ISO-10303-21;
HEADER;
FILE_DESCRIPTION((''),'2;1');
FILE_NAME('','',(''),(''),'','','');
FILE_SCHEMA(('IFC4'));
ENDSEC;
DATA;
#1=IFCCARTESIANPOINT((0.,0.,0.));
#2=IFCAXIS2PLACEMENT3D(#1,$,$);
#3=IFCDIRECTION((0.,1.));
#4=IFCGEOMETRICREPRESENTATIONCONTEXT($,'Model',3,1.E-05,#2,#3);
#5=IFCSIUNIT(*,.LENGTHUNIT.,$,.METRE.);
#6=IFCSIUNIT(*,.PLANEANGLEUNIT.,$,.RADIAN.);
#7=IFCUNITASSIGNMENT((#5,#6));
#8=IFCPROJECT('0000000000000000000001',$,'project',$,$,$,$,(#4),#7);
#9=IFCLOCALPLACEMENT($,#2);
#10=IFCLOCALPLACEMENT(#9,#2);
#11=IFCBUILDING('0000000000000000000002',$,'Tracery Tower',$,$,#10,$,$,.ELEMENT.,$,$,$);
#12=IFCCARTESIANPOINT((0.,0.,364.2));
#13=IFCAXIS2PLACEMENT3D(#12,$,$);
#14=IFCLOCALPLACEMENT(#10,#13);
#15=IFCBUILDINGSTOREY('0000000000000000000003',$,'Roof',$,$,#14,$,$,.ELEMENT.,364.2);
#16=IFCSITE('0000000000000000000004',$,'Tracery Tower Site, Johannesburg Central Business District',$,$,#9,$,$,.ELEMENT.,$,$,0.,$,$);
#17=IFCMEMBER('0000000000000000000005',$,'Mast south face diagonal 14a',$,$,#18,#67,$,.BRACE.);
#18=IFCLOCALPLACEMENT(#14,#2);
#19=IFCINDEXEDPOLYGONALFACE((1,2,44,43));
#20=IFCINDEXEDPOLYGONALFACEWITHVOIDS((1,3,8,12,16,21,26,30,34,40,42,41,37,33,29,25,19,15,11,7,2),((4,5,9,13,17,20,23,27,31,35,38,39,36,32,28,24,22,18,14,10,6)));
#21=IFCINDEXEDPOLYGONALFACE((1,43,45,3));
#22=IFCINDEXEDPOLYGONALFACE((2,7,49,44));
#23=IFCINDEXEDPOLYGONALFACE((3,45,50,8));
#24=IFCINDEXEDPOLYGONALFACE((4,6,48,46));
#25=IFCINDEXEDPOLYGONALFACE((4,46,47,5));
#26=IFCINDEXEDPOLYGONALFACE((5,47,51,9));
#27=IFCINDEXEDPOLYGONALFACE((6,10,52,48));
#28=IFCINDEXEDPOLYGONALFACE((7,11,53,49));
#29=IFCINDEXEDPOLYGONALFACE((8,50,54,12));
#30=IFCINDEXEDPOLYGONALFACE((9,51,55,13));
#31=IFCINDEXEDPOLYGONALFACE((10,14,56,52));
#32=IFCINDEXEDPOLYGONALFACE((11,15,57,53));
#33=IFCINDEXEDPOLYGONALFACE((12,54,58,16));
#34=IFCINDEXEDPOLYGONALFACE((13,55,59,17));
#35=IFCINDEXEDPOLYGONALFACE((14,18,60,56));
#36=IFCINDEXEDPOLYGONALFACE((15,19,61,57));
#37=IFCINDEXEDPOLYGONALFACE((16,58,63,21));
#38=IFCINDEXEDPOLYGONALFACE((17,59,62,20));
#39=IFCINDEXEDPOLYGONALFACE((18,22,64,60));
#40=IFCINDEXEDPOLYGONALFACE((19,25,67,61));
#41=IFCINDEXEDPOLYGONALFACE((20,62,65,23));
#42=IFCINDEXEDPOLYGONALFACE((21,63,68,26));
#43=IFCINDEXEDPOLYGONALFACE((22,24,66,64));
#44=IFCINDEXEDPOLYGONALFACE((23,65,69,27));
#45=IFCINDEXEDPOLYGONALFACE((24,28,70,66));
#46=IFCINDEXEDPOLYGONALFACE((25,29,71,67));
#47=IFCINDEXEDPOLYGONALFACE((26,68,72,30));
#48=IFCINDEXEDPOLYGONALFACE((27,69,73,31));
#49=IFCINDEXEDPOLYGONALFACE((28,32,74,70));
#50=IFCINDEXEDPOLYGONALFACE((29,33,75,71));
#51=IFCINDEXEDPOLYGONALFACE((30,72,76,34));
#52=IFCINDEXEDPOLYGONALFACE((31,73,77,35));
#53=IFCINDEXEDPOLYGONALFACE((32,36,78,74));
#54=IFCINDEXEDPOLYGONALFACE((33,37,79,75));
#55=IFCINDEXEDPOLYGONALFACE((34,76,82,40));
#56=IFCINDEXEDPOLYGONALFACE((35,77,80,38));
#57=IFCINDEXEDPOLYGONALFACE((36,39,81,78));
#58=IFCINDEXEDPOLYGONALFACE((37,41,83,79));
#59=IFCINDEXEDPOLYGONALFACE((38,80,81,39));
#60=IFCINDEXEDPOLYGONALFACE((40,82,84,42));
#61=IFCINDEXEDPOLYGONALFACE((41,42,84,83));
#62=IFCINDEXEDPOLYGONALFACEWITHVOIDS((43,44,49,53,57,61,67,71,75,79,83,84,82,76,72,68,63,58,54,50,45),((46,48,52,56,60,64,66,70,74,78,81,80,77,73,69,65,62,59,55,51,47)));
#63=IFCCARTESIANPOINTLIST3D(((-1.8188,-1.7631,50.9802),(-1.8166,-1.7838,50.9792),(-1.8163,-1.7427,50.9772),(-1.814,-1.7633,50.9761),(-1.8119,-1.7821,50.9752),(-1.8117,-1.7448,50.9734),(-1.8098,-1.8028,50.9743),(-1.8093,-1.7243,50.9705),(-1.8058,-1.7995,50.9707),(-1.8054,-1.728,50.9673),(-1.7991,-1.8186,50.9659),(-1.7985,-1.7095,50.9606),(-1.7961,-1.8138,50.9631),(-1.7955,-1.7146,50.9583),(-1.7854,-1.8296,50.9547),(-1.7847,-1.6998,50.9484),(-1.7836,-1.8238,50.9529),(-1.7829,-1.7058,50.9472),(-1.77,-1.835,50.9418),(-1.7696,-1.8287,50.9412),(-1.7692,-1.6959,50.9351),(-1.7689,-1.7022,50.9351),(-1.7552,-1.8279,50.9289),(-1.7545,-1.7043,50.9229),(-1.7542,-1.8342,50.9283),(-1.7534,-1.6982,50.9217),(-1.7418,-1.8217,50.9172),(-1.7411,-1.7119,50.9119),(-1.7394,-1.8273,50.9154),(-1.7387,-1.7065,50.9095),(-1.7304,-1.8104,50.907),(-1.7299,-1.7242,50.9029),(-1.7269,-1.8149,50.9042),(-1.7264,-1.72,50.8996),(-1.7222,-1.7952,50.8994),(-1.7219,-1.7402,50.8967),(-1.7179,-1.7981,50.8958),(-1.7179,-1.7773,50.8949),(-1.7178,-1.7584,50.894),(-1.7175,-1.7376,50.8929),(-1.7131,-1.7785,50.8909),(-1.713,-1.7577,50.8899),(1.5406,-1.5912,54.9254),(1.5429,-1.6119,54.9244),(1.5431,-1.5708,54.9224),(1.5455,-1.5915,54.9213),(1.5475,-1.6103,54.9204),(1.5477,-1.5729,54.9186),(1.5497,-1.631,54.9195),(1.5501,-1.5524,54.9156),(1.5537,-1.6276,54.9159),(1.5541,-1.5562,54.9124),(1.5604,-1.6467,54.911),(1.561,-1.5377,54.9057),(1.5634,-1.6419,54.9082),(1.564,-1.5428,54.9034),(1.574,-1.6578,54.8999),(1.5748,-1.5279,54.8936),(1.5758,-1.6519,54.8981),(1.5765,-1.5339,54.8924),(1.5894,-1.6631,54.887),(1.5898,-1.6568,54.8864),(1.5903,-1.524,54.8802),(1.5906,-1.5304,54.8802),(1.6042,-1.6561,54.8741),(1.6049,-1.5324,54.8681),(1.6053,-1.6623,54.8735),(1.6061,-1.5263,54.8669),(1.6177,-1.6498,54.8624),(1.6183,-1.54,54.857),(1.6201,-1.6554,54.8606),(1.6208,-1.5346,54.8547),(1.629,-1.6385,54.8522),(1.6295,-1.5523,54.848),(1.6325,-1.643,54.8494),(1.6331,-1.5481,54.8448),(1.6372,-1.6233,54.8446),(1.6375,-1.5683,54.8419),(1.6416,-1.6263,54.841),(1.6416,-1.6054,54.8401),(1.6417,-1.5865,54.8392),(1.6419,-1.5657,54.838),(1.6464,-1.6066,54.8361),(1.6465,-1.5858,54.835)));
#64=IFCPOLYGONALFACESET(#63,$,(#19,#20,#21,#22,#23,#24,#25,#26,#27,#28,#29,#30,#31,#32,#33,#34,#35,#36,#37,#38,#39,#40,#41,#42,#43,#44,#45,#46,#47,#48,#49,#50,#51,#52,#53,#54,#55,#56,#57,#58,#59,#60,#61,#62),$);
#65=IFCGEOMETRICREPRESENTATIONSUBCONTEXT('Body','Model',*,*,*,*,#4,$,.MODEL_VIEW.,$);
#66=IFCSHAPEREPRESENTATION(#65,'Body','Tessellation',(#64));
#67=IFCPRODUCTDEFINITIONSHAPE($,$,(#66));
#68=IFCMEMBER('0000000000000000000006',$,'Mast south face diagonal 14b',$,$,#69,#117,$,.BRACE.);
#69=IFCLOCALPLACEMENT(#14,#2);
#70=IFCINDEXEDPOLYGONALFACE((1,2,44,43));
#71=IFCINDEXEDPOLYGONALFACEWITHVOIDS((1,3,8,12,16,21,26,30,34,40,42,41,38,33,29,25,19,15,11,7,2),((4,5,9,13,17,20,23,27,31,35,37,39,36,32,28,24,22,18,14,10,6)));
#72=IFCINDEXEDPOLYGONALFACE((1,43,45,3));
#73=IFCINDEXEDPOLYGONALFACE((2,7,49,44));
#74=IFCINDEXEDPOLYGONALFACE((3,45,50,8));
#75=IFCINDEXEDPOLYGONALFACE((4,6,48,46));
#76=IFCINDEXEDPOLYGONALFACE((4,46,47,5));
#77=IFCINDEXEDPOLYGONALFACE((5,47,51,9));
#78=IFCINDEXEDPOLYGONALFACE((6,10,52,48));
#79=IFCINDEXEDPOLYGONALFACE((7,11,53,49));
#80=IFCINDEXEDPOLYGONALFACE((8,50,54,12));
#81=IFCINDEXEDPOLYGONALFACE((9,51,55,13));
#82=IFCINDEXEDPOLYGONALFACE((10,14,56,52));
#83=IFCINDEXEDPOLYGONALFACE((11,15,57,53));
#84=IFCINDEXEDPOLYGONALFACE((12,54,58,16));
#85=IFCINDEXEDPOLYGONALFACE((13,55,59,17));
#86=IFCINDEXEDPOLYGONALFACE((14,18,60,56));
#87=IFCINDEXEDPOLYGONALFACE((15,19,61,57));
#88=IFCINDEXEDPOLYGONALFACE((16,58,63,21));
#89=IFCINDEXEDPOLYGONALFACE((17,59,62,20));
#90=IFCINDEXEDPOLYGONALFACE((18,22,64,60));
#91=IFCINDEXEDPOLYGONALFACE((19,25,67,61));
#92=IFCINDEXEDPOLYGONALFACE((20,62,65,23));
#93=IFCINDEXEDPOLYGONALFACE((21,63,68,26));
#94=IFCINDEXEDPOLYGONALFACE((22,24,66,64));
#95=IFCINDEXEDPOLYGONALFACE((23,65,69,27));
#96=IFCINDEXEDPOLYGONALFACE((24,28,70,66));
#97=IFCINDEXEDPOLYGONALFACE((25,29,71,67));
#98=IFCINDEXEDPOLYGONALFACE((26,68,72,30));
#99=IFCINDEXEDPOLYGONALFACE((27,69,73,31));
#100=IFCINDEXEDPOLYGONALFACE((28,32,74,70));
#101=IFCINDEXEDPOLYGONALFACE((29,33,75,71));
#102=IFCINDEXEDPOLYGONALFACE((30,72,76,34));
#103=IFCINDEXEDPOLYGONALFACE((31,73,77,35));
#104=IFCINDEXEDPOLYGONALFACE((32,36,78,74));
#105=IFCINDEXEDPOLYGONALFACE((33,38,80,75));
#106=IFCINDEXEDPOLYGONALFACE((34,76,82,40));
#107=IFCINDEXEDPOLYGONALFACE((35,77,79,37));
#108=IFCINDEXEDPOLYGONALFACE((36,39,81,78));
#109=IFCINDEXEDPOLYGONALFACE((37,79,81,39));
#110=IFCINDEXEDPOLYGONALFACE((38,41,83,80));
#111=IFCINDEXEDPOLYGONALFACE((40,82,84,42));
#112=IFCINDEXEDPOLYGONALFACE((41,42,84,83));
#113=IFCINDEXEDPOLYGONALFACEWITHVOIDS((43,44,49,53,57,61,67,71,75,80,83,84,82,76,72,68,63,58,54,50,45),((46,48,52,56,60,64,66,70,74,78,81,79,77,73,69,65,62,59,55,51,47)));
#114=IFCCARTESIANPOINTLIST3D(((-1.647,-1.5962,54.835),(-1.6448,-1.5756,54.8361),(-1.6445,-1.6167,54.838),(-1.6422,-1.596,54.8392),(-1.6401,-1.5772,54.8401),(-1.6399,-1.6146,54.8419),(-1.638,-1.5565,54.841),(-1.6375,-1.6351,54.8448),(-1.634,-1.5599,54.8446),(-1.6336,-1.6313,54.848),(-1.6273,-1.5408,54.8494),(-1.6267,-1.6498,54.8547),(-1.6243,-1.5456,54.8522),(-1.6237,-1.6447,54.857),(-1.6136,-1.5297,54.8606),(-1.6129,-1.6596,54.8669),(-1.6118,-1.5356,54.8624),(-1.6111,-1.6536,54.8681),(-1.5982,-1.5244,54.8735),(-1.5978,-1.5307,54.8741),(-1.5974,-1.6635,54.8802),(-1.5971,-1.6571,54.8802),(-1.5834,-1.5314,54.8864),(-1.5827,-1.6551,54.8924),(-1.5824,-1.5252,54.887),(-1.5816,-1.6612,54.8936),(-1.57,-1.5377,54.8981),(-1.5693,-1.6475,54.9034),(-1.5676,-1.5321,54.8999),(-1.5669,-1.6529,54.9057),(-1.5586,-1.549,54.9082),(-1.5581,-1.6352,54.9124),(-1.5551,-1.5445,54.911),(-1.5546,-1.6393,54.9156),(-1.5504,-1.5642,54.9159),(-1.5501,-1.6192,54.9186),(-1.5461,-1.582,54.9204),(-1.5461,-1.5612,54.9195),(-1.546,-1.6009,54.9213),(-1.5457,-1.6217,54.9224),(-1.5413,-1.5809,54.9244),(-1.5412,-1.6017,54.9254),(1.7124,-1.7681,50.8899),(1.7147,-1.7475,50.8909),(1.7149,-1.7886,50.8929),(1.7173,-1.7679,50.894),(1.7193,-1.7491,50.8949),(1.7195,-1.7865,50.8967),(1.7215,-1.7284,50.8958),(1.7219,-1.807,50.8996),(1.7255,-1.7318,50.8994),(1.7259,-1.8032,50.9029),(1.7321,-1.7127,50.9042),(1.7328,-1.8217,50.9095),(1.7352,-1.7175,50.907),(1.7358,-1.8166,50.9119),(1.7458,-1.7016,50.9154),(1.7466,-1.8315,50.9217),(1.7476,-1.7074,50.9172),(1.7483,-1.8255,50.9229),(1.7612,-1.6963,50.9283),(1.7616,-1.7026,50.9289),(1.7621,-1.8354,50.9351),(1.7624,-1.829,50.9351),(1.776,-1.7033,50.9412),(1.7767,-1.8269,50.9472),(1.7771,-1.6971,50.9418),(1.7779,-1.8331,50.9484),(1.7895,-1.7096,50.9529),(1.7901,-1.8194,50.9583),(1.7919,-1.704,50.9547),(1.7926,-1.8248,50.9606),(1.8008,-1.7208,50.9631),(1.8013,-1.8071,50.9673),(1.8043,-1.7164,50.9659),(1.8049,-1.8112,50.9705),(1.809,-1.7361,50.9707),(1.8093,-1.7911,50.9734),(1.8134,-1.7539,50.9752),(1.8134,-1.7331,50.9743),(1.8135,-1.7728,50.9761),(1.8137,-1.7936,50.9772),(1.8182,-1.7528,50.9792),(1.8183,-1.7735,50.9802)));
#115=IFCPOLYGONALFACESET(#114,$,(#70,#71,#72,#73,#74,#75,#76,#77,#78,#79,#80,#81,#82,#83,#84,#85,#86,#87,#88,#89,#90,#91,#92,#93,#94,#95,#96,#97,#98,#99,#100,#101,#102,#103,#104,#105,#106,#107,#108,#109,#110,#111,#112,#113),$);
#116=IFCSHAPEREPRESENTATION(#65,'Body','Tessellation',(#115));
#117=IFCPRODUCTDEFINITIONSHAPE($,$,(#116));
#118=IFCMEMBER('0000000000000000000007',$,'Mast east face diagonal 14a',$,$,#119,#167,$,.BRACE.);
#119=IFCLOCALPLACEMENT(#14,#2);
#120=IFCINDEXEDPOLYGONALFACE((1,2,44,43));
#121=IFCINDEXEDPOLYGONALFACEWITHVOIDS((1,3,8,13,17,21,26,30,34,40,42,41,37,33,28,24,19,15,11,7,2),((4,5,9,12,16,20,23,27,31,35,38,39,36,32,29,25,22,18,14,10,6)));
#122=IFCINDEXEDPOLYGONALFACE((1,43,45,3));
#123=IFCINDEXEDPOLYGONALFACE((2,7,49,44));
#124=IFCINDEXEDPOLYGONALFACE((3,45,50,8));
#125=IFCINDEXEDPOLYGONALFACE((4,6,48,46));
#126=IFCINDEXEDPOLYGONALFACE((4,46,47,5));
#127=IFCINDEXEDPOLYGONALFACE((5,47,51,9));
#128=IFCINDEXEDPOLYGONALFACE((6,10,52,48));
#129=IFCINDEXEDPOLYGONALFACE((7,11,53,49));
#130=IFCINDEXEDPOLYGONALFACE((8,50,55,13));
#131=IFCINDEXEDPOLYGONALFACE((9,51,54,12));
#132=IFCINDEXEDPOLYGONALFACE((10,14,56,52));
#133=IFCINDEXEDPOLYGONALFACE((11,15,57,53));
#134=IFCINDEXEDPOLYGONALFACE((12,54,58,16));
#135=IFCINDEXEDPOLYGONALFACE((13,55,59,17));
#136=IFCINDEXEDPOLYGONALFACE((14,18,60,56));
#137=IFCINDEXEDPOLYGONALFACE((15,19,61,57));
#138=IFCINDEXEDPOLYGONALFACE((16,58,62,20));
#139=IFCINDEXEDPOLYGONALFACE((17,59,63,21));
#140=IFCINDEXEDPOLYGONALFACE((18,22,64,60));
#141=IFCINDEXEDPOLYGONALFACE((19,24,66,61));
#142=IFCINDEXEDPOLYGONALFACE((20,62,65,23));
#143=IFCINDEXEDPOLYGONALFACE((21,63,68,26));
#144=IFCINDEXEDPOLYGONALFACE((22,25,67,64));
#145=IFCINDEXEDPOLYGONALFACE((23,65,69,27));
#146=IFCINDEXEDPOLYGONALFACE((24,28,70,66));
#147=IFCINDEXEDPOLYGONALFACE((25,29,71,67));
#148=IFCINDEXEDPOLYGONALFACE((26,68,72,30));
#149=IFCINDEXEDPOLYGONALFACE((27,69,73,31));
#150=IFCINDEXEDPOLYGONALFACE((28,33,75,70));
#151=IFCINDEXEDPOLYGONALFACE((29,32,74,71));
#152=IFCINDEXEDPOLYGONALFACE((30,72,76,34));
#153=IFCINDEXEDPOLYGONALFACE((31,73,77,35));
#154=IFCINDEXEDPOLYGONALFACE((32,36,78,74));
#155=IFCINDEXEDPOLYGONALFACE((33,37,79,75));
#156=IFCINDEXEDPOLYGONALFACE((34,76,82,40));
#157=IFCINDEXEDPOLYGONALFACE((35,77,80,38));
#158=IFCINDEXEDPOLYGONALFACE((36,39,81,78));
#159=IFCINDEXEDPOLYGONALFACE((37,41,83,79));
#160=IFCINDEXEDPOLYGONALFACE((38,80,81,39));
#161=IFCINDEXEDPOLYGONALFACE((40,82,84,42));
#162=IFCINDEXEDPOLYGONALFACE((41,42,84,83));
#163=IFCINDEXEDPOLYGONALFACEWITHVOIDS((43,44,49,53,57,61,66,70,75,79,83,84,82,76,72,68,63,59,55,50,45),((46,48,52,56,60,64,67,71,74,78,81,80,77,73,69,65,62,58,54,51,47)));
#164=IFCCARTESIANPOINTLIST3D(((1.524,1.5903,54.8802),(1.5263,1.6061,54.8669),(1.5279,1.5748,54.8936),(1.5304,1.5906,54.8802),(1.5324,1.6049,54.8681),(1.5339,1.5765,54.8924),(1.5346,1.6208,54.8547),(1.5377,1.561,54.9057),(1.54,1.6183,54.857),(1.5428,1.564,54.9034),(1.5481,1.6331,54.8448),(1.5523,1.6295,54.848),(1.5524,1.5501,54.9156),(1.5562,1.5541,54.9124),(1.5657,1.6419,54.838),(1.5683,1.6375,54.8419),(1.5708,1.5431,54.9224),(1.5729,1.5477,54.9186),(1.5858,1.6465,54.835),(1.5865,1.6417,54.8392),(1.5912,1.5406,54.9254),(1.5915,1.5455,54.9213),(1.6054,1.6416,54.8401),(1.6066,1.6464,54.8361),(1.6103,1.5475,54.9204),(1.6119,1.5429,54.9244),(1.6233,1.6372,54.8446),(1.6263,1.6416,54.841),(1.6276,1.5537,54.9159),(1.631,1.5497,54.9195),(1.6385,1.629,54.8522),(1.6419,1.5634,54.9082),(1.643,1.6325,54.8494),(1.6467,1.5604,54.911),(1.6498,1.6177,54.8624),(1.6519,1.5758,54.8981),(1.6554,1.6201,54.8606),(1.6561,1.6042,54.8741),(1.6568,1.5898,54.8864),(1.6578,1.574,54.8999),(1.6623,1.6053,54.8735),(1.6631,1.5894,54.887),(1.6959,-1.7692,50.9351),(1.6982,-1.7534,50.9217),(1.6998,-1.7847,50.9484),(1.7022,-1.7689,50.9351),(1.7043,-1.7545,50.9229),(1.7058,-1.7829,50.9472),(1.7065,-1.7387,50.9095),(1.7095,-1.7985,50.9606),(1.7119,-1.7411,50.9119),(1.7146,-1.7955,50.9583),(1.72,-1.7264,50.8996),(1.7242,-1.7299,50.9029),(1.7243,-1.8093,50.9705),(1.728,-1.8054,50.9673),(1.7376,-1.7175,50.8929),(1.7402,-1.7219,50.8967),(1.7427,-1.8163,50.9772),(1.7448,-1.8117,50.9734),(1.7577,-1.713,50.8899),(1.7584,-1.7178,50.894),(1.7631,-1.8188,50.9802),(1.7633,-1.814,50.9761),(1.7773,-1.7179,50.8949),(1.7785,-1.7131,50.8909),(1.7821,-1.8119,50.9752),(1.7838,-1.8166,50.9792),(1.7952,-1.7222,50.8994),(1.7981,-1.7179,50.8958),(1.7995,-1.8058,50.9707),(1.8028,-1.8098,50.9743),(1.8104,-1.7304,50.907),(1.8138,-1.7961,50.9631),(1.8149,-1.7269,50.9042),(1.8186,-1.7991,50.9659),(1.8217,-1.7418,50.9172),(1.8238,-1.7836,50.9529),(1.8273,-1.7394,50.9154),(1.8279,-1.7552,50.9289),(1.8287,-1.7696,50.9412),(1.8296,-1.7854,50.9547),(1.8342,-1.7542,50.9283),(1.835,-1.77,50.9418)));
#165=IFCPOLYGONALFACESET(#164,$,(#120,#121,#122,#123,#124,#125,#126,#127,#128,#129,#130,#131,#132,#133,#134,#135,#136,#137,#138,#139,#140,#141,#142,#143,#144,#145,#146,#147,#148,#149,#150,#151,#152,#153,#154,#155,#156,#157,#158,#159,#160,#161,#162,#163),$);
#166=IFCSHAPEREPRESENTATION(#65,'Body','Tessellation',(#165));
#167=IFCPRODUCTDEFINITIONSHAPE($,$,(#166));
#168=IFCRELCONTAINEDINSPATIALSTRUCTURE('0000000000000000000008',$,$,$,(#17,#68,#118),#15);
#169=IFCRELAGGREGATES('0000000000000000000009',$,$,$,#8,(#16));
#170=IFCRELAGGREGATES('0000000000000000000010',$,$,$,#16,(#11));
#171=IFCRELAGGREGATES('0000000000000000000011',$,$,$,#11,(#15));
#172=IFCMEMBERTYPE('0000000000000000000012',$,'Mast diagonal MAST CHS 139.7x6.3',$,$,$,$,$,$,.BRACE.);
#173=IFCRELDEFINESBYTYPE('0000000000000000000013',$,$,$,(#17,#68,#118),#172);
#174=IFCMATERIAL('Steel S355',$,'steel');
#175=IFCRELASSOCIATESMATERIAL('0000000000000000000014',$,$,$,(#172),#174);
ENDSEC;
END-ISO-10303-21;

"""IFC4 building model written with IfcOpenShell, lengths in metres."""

from ifc_helpers import new_model, si_unit, direction, frame, origin, origin_2d, place, context, subcontext, project, spatial, hollow_circle, extrude, material, material_profile, profile_set, type_object, element, save


model = new_model("IFC4")

# Units and contexts
model_context = context("Model", 3, precision=1e-05, world=origin(), true_north=direction((0.0, 1.0)))
body_context = subcontext(model_context, "Body", "Model", "MODEL_VIEW")
ifc_project = project(units=[si_unit("LENGTHUNIT", "METRE"), si_unit("PLANEANGLEUNIT", "RADIAN")], contexts=[model_context])

# Site, building, storey
site_placement = place(None, origin())
site = spatial("IfcSite", under=ifc_project, at=site_placement, Name="Tracery Tower Site, Johannesburg Central Business District", CompositionType="ELEMENT", RefElevation=0.0)
building_placement = place(site_placement, origin())
building = spatial("IfcBuilding", under=site, at=building_placement, Name="Tracery Tower", CompositionType="ELEMENT")
storey_placement = place(building_placement, frame((0.0, 0.0, 364.2)))
storey = spatial("IfcBuildingStorey", under=building, at=storey_placement, Name="Roof", CompositionType="ELEMENT", Elevation=364.2)

# Members
ifc_material_1 = material(Name="Steel S355", Category="steel")
ifc_material_profile_1 = material_profile(ifc_material_1, hollow_circle(Radius=0.0698, WallThickness=0.0063, at=origin_2d()), Name="CHS 139.7x6.3")
ifc_profile_set_1 = profile_set([ifc_material_profile_1], Name="Steel S355")
member_type_1 = type_object("IfcMemberType", Name="Mast diagonal MAST CHS 139.7x6.3", PredefinedType="BRACE", material=ifc_profile_set_1)
for number, where, z_axis, x_axis, name in (
    (1, (-1.7656, -1.7656, 50.9351), (0.647972, 0.033152, 0.760943), (-0.051096, 0.998694, 0.0), "Mast south face diagonal 14a"),
    (2, (1.7656, -1.7656, 50.9351), (-0.647972, 0.033152, 0.760943), (-0.051096, -0.998694, 0.0), "Mast south face diagonal 14b"),
    (3, (1.7656, -1.7656, 50.9351), (-0.033152, 0.647972, 0.760943), (-0.998694, -0.051096, 0.0), "Mast east face diagonal 14a"),
):
    element("IfcMember", number, at=place(storey_placement, frame(where, z_axis=z_axis, x_axis=x_axis)), inside=storey, type_object=member_type_1, Name=name, PredefinedType="BRACE", context=body_context, shape_type="SweptSolid", body=[
        extrude(hollow_circle(Radius=0.0698, WallThickness=0.0063, at=origin_2d()), origin(), (0.0, 0.0, 1.0), 5.1846),
    ])

save(model, "model.ifc")
